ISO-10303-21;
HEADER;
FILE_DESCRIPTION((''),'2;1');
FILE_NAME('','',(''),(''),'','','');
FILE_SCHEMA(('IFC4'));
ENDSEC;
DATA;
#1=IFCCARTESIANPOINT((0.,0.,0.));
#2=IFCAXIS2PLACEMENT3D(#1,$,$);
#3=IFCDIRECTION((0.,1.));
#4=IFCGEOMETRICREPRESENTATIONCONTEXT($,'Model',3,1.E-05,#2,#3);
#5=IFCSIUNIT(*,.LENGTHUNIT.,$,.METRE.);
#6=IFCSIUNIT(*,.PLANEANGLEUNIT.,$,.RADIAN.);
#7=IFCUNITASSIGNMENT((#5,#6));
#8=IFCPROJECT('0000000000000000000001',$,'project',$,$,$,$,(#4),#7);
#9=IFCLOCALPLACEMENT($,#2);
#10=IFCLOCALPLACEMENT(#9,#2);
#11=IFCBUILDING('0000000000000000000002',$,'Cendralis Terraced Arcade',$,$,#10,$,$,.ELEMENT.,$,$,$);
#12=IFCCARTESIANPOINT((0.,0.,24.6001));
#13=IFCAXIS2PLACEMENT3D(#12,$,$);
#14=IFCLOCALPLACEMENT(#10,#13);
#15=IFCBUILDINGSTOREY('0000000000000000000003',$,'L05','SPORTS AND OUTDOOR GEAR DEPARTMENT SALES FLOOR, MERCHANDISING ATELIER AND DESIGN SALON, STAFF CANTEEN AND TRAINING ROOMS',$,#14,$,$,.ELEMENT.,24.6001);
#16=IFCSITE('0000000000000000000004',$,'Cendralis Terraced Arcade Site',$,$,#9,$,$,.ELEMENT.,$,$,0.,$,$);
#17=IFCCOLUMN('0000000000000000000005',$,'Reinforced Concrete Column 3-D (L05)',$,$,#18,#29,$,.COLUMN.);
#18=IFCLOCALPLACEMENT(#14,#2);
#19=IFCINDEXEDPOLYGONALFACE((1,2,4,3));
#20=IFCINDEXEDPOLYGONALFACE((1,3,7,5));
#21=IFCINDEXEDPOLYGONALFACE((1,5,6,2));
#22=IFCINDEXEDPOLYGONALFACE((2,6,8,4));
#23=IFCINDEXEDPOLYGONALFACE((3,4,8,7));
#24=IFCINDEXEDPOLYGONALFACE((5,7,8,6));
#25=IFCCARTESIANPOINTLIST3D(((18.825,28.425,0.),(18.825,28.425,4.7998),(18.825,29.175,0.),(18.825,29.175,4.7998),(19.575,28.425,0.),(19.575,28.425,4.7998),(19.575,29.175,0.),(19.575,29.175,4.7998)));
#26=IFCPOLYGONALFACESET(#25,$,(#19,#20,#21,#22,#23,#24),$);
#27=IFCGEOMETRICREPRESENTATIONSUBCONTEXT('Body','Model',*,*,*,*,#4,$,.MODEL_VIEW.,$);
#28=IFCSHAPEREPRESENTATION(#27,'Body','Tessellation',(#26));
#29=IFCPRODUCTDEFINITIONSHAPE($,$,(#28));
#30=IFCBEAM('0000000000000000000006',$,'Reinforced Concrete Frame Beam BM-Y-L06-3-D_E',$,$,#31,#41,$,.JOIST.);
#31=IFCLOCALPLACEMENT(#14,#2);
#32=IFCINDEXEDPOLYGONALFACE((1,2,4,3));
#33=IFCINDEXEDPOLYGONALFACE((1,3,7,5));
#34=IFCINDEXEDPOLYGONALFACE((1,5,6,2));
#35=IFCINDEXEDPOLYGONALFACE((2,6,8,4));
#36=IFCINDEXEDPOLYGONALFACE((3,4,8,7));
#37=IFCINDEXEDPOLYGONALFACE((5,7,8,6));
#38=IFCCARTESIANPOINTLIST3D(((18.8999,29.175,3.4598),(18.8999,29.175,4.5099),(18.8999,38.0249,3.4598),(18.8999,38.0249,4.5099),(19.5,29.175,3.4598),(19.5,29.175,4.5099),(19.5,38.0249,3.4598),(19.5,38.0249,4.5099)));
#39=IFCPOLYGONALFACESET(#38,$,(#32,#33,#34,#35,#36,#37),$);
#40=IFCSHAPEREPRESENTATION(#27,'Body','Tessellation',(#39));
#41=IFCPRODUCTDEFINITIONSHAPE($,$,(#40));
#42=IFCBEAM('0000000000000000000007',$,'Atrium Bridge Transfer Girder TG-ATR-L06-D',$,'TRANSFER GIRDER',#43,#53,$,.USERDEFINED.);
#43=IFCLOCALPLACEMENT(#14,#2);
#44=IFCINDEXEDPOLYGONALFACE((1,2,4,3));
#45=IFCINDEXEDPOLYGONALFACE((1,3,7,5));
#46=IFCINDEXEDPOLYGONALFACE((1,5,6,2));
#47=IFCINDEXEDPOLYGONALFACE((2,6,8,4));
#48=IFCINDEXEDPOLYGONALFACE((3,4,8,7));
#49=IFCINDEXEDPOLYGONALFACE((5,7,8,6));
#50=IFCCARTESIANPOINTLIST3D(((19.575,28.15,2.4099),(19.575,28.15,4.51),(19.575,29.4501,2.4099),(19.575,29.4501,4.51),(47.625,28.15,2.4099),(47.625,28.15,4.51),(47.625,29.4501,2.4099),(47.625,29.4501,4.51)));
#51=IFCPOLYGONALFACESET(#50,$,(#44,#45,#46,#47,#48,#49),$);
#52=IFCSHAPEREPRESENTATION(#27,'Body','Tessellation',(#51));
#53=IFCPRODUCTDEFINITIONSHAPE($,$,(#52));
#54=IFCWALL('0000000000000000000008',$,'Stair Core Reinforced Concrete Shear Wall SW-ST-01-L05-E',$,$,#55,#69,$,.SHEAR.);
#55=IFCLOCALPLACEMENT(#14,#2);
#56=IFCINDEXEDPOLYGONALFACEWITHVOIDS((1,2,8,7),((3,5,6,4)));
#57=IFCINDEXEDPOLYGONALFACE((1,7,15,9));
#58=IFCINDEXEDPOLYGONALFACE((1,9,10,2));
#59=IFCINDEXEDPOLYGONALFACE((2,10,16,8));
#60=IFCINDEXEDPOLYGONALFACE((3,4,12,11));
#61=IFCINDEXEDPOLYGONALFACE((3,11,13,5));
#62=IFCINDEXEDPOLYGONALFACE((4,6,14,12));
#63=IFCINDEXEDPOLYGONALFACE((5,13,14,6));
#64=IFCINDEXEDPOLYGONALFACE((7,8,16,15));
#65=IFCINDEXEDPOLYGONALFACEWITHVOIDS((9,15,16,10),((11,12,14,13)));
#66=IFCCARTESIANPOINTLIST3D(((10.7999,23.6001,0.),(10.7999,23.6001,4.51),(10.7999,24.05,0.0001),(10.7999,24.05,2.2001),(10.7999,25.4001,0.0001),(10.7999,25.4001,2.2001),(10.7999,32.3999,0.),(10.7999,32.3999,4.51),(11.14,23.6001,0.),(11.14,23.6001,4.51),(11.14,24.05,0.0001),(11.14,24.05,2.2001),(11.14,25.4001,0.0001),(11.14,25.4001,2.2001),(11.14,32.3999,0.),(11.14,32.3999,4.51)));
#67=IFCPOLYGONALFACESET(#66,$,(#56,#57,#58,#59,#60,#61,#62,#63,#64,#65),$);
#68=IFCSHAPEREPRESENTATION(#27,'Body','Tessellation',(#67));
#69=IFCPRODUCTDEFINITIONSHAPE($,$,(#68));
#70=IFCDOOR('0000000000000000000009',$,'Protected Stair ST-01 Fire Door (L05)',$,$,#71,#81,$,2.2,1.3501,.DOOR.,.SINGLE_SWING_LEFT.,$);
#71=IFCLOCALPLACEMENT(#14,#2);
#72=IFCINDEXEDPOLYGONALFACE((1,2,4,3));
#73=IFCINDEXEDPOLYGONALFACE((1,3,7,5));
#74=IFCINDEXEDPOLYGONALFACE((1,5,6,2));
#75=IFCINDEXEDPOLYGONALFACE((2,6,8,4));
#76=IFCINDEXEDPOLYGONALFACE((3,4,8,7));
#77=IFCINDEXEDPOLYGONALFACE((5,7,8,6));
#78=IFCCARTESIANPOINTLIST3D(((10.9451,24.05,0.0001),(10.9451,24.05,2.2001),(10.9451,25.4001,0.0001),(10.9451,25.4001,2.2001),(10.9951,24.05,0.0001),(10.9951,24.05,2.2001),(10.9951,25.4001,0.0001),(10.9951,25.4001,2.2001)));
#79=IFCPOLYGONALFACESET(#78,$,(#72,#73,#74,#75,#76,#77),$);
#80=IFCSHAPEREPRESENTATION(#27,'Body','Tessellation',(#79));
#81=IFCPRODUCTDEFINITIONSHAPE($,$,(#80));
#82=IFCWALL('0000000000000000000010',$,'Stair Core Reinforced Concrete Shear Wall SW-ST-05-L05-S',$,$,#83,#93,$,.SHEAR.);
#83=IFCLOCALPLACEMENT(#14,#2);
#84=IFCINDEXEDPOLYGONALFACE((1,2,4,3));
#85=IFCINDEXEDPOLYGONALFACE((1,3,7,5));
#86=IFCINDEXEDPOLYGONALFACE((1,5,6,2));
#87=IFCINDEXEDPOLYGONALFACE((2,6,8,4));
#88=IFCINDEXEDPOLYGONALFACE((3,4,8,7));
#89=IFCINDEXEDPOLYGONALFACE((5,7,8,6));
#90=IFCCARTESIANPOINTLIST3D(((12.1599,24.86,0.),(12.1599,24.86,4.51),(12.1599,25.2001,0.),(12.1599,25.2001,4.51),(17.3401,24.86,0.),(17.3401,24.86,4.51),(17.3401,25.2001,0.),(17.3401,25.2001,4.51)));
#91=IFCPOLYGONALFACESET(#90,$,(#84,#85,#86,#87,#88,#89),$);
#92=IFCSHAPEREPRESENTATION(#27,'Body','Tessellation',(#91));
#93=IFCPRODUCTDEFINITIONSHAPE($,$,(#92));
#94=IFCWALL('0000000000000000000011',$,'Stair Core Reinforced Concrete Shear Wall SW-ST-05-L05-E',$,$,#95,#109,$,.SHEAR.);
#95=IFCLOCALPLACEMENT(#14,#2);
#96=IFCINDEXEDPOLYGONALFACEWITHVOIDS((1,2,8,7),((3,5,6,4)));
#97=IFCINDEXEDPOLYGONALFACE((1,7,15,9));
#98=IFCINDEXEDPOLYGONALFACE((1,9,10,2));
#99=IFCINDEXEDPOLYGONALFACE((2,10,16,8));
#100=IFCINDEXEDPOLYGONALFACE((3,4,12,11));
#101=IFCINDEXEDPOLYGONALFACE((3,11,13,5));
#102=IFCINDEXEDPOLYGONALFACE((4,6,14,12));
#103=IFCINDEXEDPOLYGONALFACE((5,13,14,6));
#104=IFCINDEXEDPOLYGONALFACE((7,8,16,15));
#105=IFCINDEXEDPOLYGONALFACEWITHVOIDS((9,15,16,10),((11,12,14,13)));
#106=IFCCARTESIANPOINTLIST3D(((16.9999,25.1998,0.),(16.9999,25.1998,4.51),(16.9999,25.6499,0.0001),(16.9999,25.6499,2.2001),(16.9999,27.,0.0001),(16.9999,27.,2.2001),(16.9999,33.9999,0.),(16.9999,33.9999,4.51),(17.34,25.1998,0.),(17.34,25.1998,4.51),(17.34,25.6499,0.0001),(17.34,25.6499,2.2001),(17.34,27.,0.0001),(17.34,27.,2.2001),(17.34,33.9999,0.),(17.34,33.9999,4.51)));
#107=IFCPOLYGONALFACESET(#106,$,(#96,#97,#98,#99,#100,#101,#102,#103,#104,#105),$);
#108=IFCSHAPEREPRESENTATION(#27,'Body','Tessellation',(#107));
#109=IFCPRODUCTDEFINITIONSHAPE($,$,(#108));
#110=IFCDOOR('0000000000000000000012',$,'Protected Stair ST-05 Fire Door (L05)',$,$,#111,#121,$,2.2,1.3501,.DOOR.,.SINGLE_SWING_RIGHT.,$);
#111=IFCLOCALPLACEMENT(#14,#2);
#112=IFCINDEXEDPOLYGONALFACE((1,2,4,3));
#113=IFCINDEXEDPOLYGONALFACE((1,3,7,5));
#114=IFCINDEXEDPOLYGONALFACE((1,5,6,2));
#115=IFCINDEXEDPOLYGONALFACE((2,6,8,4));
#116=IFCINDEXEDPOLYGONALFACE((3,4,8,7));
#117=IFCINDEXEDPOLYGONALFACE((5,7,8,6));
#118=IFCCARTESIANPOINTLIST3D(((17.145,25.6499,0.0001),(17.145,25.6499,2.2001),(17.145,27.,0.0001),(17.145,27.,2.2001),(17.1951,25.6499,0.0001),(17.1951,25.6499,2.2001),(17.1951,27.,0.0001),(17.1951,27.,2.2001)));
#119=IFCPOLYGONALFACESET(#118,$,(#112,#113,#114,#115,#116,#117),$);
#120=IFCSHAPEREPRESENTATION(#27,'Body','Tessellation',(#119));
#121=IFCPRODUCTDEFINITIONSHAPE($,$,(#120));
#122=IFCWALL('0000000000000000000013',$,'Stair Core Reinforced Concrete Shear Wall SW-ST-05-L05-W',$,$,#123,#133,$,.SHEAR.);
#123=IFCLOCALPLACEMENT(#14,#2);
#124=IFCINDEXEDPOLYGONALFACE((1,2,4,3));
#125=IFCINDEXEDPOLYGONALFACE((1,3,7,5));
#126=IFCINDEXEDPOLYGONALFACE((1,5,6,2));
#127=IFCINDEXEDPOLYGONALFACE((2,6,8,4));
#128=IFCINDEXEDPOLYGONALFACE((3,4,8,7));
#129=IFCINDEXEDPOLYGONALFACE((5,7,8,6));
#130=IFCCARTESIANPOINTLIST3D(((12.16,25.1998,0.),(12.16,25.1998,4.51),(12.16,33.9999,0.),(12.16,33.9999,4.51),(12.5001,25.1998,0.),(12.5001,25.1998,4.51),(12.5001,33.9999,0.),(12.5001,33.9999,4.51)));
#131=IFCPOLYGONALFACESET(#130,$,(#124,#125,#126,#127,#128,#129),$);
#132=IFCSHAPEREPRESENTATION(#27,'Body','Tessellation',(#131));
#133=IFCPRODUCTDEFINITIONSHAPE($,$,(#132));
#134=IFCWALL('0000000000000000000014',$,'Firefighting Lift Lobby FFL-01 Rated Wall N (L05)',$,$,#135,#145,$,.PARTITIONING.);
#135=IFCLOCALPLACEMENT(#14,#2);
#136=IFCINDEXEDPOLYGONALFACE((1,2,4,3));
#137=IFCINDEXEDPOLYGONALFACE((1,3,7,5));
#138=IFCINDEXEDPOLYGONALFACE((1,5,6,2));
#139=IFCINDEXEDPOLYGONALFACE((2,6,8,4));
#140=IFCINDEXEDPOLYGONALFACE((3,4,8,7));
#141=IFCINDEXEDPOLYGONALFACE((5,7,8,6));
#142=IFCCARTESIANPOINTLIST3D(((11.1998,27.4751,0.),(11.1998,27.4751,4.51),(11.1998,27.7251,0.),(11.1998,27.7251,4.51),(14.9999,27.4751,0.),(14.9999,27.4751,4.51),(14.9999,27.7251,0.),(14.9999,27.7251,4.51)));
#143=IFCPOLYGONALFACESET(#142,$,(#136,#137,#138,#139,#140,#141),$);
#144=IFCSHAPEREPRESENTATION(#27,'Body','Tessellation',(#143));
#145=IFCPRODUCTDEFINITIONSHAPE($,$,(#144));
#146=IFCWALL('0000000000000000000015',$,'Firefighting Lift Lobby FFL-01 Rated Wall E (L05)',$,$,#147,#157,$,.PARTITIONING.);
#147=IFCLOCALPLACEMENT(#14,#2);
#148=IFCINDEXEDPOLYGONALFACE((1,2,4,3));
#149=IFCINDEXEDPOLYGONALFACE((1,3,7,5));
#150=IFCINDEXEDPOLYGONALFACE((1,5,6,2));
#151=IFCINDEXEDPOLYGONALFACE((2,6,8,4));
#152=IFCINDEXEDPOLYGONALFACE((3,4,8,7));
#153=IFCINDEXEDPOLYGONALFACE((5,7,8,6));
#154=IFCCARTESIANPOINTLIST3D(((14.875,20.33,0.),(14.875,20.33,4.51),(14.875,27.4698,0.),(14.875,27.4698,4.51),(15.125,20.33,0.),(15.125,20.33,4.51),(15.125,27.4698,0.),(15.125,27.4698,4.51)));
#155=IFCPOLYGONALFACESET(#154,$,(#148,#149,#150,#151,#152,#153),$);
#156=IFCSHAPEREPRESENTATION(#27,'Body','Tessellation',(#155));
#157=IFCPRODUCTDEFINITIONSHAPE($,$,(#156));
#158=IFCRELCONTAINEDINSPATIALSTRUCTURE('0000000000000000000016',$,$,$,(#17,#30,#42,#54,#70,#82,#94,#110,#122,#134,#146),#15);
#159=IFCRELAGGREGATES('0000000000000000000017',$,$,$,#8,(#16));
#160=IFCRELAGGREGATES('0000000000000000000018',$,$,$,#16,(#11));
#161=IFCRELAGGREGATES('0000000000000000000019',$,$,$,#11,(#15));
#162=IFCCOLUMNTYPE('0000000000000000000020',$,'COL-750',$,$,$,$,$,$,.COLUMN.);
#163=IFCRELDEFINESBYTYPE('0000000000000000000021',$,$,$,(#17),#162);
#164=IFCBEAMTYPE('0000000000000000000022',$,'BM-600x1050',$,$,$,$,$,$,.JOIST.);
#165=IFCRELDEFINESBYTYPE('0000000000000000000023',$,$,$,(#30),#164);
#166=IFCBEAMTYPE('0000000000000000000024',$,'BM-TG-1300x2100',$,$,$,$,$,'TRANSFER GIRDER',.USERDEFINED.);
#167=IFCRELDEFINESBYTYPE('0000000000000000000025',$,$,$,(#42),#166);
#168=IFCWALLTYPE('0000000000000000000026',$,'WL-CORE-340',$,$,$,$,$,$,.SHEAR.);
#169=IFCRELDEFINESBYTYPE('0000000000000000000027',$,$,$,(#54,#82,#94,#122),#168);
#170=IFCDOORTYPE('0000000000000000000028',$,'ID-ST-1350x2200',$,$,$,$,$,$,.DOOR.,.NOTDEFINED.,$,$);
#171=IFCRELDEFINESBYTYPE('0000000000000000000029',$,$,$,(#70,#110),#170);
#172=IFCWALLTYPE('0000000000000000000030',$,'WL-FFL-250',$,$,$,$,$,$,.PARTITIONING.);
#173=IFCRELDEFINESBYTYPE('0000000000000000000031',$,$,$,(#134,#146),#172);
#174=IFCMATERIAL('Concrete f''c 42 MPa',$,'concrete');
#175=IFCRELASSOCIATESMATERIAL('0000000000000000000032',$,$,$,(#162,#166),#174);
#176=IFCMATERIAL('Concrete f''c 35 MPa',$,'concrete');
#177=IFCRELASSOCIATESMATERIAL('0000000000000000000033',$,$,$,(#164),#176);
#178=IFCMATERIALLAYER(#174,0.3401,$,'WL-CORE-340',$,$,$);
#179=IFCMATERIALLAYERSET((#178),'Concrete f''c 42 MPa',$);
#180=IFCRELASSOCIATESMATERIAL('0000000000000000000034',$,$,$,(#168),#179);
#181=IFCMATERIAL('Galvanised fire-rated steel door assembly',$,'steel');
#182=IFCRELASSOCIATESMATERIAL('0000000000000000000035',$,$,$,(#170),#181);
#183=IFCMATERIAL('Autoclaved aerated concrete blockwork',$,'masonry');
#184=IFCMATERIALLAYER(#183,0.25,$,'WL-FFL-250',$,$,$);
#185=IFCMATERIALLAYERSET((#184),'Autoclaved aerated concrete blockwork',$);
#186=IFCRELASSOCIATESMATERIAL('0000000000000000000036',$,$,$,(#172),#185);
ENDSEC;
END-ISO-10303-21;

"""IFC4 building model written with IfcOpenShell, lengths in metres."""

from ifc_helpers import new_model, si_unit, direction, frame, frame_2d, origin, origin_2d, place, context, subcontext, project, spatial, rectangle, extrude, material, layer, layer_set, material_profile, profile_set, type_object, element, fill, save


model = new_model("IFC4")

# Units and contexts
model_context = context("Model", 3, precision=1e-05, world=origin(), true_north=direction((0.0, 1.0)))
body_context = subcontext(model_context, "Body", "Model", "MODEL_VIEW")
ifc_project = project(units=[si_unit("LENGTHUNIT", "METRE"), si_unit("PLANEANGLEUNIT", "RADIAN")], contexts=[model_context])

# Site, building, storey
site_placement = place(None, origin())
site = spatial("IfcSite", under=ifc_project, at=site_placement, Name="Cendralis Terraced Arcade Site", CompositionType="ELEMENT", RefElevation=0.0)
building_placement = place(site_placement, origin())
building = spatial("IfcBuilding", under=site, at=building_placement, Name="Cendralis Terraced Arcade", CompositionType="ELEMENT")
storey_placement = place(building_placement, frame((0.0, 0.0, 24.6001)))
storey = spatial("IfcBuildingStorey", under=building, at=storey_placement, Name="L05", Description="SPORTS AND OUTDOOR GEAR DEPARTMENT SALES FLOOR, MERCHANDISING ATELIER AND DESIGN SALON, STAFF CANTEEN AND TRAINING ROOMS", CompositionType="ELEMENT", Elevation=24.6001)

# Column
ifc_material_1 = material(Name="Concrete f'c 42 MPa", Category="concrete")
ifc_material_profile_1 = material_profile(ifc_material_1, rectangle(XDim=0.75, YDim=0.75, at=origin_2d()), Name="RC-COL-750x750", Category="LoadBearing")
ifc_profile_set_1 = profile_set([ifc_material_profile_1], Name="Concrete f'c 42 MPa")
column_type = type_object("IfcColumnType", Name="COL-750", PredefinedType="COLUMN", material=ifc_profile_set_1)
column_placement = place(storey_placement, frame((19.2, 28.8, 0.0), z_axis=(0.0, 0.0, 1.0), x_axis=(1.0, 0.0, 0.0)))
element("IfcColumn", 1, at=column_placement, inside=storey, type_object=column_type, Name="Reinforced Concrete Column 3-D (L05)", PredefinedType="COLUMN", context=body_context, shape_type="SweptSolid", body=[
    extrude(rectangle(XDim=0.75, YDim=0.75, at=origin_2d()), origin(), (0.0, 0.0, 1.0), 4.7998),
])

# Beams
ifc_material_2 = material(Name="Concrete f'c 35 MPa", Category="concrete")
ifc_material_profile_2 = material_profile(ifc_material_2, rectangle(XDim=0.6001, YDim=1.05, at=origin_2d()), Name="RC-BM-600x1050", Category="LoadBearing")
ifc_profile_set_2 = profile_set([ifc_material_profile_2], Name="Concrete f'c 35 MPa")
beam_type_1 = type_object("IfcBeamType", Name="BM-600x1050", PredefinedType="JOIST", material=ifc_profile_set_2)
beam_1_placement = place(storey_placement, frame((19.2, 29.175, 3.9849), z_axis=(0.0, 1.0, 0.0), x_axis=(-1.0, 0.0, 0.0)))
element("IfcBeam", 2, at=beam_1_placement, inside=storey, type_object=beam_type_1, Name="Reinforced Concrete Frame Beam BM-Y-L06-3-D_E", PredefinedType="JOIST", context=body_context, shape_type="SweptSolid", body=[
    extrude(rectangle(XDim=0.6001, YDim=1.05, at=origin_2d()), origin(), (0.0, 0.0, 1.0), 8.8499),
])
ifc_material_profile_3 = material_profile(ifc_material_1, rectangle(XDim=1.3, YDim=2.1001, at=origin_2d()), Name="RC-TG-1300x2100", Category="LoadBearing")
ifc_profile_set_3 = profile_set([ifc_material_profile_3], Name="Concrete f'c 42 MPa")
beam_type_2 = type_object("IfcBeamType", Name="BM-TG-1300x2100", ElementType="TRANSFER GIRDER", PredefinedType="USERDEFINED", material=ifc_profile_set_3)
beam_2_placement = place(storey_placement, frame((19.575, 28.8, 3.46), z_axis=(1.0, 0.0, 0.0), x_axis=(0.0, 1.0, 0.0)))
element("IfcBeam", 3, at=beam_2_placement, inside=storey, type_object=beam_type_2, Name="Atrium Bridge Transfer Girder TG-ATR-L06-D", ObjectType="TRANSFER GIRDER", PredefinedType="USERDEFINED", context=body_context, shape_type="SweptSolid", body=[
    extrude(rectangle(XDim=1.3, YDim=2.1001, at=origin_2d()), origin(), (0.0, 0.0, 1.0), 28.05),
])

# Wall, opening, door
ifc_layer_1 = layer(ifc_material_1, 0.3401, Name="WL-CORE-340")
ifc_layer_set_1 = layer_set([ifc_layer_1], Name="Concrete f'c 42 MPa")
wall_type_1 = type_object("IfcWallType", Name="WL-CORE-340", PredefinedType="SHEAR", material=ifc_layer_set_1)
wall_1_placement = place(storey_placement, frame((10.97, 23.6001, 0.0), z_axis=(0.0, 0.0, 1.0), x_axis=(0.0, 1.0, 0.0)))
wall_1 = element("IfcWall", 4, at=wall_1_placement, inside=storey, type_object=wall_type_1, Name="Stair Core Reinforced Concrete Shear Wall SW-ST-01-L05-E", PredefinedType="SHEAR", context=body_context, shape_type="SweptSolid", body=[
    extrude(rectangle(XDim=8.7998, YDim=0.3401, at=frame_2d((4.3999, 0.0))), origin(), (0.0, 0.0, 1.0), 4.51),
])
opening_1_placement = place(wall_1_placement, frame((0.45, 0.0, 0.0)))
opening_1 = element("IfcOpeningElement", 5, at=opening_1_placement, cuts=wall_1, PredefinedType="OPENING", context=body_context, shape_type="SweptSolid", body=[
    extrude(rectangle(XDim=1.3501, YDim=2.2, at=frame_2d((0.675, 1.1001))), frame((0.0, 0.1821, 0.0), z_axis=(0.0, -1.0, 0.0), x_axis=(1.0, 0.0, 0.0)), (0.0, 0.0, 1.0), 0.364),
])
ifc_material_3 = material(Name="Galvanised fire-rated steel door assembly", Category="steel")
door_type_1 = type_object("IfcDoorType", Name="ID-ST-1350x2200", OperationType="NOTDEFINED", PredefinedType="DOOR", material=ifc_material_3)
door_1_placement = place(opening_1_placement, origin())
door_1 = element("IfcDoor", 6, at=door_1_placement, inside=storey, type_object=door_type_1, Name="Protected Stair ST-01 Fire Door (L05)", OperationType="SINGLE_SWING_LEFT", OverallHeight=2.2, OverallWidth=1.3501, PredefinedType="DOOR", context=body_context, shape_type="SweptSolid", body=[
    extrude(rectangle(XDim=1.3501, YDim=2.2, at=frame_2d((0.675, 1.1001))), frame((0.0, 0.0249, 0.0), z_axis=(0.0, -1.0, 0.0), x_axis=(1.0, 0.0, 0.0)), (0.0, 0.0, 1.0), 0.05),
])
fill(opening_1, door_1)

# Wall
wall_2_placement = place(storey_placement, frame((12.1599, 25.03, 0.0), z_axis=(0.0, 0.0, 1.0), x_axis=(1.0, 0.0, 0.0)))
element("IfcWall", 7, at=wall_2_placement, inside=storey, type_object=wall_type_1, Name="Stair Core Reinforced Concrete Shear Wall SW-ST-05-L05-S", PredefinedType="SHEAR", context=body_context, shape_type="SweptSolid", body=[
    extrude(rectangle(XDim=5.1802, YDim=0.3401, at=frame_2d((2.5901, 0.0))), origin(), (0.0, 0.0, 1.0), 4.51),
])

# Wall, opening, door
wall_3_placement = place(storey_placement, frame((17.1699, 25.2, 0.0), z_axis=(0.0, 0.0, 1.0), x_axis=(0.0, 1.0, 0.0)))
wall_3 = element("IfcWall", 8, at=wall_3_placement, inside=storey, type_object=wall_type_1, Name="Stair Core Reinforced Concrete Shear Wall SW-ST-05-L05-E", PredefinedType="SHEAR", context=body_context, shape_type="SweptSolid", body=[
    extrude(rectangle(XDim=8.8, YDim=0.3401, at=frame_2d((4.3999, 0.0))), origin(), (0.0, 0.0, 1.0), 4.51),
])
opening_2_placement = place(wall_3_placement, frame((0.45, 0.0, 0.0)))
opening_2 = element("IfcOpeningElement", 9, at=opening_2_placement, cuts=wall_3, PredefinedType="OPENING", context=body_context, shape_type="SweptSolid", body=[
    extrude(rectangle(XDim=1.3501, YDim=2.2, at=frame_2d((0.675, 1.1001))), frame((0.0, 0.1821, 0.0), z_axis=(0.0, -1.0, 0.0), x_axis=(1.0, 0.0, 0.0)), (0.0, 0.0, 1.0), 0.364),
])
door_2_placement = place(opening_2_placement, origin())
door_2 = element("IfcDoor", 10, at=door_2_placement, inside=storey, type_object=door_type_1, Name="Protected Stair ST-05 Fire Door (L05)", OperationType="SINGLE_SWING_RIGHT", OverallHeight=2.2, OverallWidth=1.3501, PredefinedType="DOOR", context=body_context, shape_type="SweptSolid", body=[
    extrude(rectangle(XDim=1.3501, YDim=2.2, at=frame_2d((0.675, 1.1001))), frame((0.0, 0.0249, 0.0), z_axis=(0.0, -1.0, 0.0), x_axis=(1.0, 0.0, 0.0)), (0.0, 0.0, 1.0), 0.05),
])
fill(opening_2, door_2)

# Wall
wall_4_placement = place(storey_placement, frame((12.3301, 25.2, 0.0), z_axis=(0.0, 0.0, 1.0), x_axis=(0.0, 1.0, 0.0)))
element("IfcWall", 11, at=wall_4_placement, inside=storey, type_object=wall_type_1, Name="Stair Core Reinforced Concrete Shear Wall SW-ST-05-L05-W", PredefinedType="SHEAR", context=body_context, shape_type="SweptSolid", body=[
    extrude(rectangle(XDim=8.8, YDim=0.3401, at=frame_2d((4.3999, 0.0))), origin(), (0.0, 0.0, 1.0), 4.51),
])

# Walls
ifc_material_4 = material(Name="Autoclaved aerated concrete blockwork", Category="masonry")
ifc_layer_2 = layer(ifc_material_4, 0.25, Name="WL-FFL-250")
ifc_layer_set_2 = layer_set([ifc_layer_2], Name="Autoclaved aerated concrete blockwork")
wall_type_2 = type_object("IfcWallType", Name="WL-FFL-250", PredefinedType="PARTITIONING", material=ifc_layer_set_2)
wall_5_placement = place(storey_placement, frame((11.2, 27.6001, 0.0), z_axis=(0.0, 0.0, 1.0), x_axis=(1.0, 0.0, 0.0)))
element("IfcWall", 12, at=wall_5_placement, inside=storey, type_object=wall_type_2, Name="Firefighting Lift Lobby FFL-01 Rated Wall N (L05)", PredefinedType="PARTITIONING", context=body_context, shape_type="SweptSolid", body=[
    extrude(rectangle(XDim=3.8, YDim=0.25, at=frame_2d((1.8999, 0.0))), origin(), (0.0, 0.0, 1.0), 4.51),
])
wall_6_placement = place(storey_placement, frame((15.0, 20.3301, 0.0), z_axis=(0.0, 0.0, 1.0), x_axis=(0.0, 1.0, 0.0)))
element("IfcWall", 13, at=wall_6_placement, inside=storey, type_object=wall_type_2, Name="Firefighting Lift Lobby FFL-01 Rated Wall E (L05)", PredefinedType="PARTITIONING", context=body_context, shape_type="SweptSolid", body=[
    extrude(rectangle(XDim=7.1399, YDim=0.25, at=frame_2d((3.5698, 0.0))), origin(), (0.0, 0.0, 1.0), 4.51),
])

save(model, "model.ifc")
